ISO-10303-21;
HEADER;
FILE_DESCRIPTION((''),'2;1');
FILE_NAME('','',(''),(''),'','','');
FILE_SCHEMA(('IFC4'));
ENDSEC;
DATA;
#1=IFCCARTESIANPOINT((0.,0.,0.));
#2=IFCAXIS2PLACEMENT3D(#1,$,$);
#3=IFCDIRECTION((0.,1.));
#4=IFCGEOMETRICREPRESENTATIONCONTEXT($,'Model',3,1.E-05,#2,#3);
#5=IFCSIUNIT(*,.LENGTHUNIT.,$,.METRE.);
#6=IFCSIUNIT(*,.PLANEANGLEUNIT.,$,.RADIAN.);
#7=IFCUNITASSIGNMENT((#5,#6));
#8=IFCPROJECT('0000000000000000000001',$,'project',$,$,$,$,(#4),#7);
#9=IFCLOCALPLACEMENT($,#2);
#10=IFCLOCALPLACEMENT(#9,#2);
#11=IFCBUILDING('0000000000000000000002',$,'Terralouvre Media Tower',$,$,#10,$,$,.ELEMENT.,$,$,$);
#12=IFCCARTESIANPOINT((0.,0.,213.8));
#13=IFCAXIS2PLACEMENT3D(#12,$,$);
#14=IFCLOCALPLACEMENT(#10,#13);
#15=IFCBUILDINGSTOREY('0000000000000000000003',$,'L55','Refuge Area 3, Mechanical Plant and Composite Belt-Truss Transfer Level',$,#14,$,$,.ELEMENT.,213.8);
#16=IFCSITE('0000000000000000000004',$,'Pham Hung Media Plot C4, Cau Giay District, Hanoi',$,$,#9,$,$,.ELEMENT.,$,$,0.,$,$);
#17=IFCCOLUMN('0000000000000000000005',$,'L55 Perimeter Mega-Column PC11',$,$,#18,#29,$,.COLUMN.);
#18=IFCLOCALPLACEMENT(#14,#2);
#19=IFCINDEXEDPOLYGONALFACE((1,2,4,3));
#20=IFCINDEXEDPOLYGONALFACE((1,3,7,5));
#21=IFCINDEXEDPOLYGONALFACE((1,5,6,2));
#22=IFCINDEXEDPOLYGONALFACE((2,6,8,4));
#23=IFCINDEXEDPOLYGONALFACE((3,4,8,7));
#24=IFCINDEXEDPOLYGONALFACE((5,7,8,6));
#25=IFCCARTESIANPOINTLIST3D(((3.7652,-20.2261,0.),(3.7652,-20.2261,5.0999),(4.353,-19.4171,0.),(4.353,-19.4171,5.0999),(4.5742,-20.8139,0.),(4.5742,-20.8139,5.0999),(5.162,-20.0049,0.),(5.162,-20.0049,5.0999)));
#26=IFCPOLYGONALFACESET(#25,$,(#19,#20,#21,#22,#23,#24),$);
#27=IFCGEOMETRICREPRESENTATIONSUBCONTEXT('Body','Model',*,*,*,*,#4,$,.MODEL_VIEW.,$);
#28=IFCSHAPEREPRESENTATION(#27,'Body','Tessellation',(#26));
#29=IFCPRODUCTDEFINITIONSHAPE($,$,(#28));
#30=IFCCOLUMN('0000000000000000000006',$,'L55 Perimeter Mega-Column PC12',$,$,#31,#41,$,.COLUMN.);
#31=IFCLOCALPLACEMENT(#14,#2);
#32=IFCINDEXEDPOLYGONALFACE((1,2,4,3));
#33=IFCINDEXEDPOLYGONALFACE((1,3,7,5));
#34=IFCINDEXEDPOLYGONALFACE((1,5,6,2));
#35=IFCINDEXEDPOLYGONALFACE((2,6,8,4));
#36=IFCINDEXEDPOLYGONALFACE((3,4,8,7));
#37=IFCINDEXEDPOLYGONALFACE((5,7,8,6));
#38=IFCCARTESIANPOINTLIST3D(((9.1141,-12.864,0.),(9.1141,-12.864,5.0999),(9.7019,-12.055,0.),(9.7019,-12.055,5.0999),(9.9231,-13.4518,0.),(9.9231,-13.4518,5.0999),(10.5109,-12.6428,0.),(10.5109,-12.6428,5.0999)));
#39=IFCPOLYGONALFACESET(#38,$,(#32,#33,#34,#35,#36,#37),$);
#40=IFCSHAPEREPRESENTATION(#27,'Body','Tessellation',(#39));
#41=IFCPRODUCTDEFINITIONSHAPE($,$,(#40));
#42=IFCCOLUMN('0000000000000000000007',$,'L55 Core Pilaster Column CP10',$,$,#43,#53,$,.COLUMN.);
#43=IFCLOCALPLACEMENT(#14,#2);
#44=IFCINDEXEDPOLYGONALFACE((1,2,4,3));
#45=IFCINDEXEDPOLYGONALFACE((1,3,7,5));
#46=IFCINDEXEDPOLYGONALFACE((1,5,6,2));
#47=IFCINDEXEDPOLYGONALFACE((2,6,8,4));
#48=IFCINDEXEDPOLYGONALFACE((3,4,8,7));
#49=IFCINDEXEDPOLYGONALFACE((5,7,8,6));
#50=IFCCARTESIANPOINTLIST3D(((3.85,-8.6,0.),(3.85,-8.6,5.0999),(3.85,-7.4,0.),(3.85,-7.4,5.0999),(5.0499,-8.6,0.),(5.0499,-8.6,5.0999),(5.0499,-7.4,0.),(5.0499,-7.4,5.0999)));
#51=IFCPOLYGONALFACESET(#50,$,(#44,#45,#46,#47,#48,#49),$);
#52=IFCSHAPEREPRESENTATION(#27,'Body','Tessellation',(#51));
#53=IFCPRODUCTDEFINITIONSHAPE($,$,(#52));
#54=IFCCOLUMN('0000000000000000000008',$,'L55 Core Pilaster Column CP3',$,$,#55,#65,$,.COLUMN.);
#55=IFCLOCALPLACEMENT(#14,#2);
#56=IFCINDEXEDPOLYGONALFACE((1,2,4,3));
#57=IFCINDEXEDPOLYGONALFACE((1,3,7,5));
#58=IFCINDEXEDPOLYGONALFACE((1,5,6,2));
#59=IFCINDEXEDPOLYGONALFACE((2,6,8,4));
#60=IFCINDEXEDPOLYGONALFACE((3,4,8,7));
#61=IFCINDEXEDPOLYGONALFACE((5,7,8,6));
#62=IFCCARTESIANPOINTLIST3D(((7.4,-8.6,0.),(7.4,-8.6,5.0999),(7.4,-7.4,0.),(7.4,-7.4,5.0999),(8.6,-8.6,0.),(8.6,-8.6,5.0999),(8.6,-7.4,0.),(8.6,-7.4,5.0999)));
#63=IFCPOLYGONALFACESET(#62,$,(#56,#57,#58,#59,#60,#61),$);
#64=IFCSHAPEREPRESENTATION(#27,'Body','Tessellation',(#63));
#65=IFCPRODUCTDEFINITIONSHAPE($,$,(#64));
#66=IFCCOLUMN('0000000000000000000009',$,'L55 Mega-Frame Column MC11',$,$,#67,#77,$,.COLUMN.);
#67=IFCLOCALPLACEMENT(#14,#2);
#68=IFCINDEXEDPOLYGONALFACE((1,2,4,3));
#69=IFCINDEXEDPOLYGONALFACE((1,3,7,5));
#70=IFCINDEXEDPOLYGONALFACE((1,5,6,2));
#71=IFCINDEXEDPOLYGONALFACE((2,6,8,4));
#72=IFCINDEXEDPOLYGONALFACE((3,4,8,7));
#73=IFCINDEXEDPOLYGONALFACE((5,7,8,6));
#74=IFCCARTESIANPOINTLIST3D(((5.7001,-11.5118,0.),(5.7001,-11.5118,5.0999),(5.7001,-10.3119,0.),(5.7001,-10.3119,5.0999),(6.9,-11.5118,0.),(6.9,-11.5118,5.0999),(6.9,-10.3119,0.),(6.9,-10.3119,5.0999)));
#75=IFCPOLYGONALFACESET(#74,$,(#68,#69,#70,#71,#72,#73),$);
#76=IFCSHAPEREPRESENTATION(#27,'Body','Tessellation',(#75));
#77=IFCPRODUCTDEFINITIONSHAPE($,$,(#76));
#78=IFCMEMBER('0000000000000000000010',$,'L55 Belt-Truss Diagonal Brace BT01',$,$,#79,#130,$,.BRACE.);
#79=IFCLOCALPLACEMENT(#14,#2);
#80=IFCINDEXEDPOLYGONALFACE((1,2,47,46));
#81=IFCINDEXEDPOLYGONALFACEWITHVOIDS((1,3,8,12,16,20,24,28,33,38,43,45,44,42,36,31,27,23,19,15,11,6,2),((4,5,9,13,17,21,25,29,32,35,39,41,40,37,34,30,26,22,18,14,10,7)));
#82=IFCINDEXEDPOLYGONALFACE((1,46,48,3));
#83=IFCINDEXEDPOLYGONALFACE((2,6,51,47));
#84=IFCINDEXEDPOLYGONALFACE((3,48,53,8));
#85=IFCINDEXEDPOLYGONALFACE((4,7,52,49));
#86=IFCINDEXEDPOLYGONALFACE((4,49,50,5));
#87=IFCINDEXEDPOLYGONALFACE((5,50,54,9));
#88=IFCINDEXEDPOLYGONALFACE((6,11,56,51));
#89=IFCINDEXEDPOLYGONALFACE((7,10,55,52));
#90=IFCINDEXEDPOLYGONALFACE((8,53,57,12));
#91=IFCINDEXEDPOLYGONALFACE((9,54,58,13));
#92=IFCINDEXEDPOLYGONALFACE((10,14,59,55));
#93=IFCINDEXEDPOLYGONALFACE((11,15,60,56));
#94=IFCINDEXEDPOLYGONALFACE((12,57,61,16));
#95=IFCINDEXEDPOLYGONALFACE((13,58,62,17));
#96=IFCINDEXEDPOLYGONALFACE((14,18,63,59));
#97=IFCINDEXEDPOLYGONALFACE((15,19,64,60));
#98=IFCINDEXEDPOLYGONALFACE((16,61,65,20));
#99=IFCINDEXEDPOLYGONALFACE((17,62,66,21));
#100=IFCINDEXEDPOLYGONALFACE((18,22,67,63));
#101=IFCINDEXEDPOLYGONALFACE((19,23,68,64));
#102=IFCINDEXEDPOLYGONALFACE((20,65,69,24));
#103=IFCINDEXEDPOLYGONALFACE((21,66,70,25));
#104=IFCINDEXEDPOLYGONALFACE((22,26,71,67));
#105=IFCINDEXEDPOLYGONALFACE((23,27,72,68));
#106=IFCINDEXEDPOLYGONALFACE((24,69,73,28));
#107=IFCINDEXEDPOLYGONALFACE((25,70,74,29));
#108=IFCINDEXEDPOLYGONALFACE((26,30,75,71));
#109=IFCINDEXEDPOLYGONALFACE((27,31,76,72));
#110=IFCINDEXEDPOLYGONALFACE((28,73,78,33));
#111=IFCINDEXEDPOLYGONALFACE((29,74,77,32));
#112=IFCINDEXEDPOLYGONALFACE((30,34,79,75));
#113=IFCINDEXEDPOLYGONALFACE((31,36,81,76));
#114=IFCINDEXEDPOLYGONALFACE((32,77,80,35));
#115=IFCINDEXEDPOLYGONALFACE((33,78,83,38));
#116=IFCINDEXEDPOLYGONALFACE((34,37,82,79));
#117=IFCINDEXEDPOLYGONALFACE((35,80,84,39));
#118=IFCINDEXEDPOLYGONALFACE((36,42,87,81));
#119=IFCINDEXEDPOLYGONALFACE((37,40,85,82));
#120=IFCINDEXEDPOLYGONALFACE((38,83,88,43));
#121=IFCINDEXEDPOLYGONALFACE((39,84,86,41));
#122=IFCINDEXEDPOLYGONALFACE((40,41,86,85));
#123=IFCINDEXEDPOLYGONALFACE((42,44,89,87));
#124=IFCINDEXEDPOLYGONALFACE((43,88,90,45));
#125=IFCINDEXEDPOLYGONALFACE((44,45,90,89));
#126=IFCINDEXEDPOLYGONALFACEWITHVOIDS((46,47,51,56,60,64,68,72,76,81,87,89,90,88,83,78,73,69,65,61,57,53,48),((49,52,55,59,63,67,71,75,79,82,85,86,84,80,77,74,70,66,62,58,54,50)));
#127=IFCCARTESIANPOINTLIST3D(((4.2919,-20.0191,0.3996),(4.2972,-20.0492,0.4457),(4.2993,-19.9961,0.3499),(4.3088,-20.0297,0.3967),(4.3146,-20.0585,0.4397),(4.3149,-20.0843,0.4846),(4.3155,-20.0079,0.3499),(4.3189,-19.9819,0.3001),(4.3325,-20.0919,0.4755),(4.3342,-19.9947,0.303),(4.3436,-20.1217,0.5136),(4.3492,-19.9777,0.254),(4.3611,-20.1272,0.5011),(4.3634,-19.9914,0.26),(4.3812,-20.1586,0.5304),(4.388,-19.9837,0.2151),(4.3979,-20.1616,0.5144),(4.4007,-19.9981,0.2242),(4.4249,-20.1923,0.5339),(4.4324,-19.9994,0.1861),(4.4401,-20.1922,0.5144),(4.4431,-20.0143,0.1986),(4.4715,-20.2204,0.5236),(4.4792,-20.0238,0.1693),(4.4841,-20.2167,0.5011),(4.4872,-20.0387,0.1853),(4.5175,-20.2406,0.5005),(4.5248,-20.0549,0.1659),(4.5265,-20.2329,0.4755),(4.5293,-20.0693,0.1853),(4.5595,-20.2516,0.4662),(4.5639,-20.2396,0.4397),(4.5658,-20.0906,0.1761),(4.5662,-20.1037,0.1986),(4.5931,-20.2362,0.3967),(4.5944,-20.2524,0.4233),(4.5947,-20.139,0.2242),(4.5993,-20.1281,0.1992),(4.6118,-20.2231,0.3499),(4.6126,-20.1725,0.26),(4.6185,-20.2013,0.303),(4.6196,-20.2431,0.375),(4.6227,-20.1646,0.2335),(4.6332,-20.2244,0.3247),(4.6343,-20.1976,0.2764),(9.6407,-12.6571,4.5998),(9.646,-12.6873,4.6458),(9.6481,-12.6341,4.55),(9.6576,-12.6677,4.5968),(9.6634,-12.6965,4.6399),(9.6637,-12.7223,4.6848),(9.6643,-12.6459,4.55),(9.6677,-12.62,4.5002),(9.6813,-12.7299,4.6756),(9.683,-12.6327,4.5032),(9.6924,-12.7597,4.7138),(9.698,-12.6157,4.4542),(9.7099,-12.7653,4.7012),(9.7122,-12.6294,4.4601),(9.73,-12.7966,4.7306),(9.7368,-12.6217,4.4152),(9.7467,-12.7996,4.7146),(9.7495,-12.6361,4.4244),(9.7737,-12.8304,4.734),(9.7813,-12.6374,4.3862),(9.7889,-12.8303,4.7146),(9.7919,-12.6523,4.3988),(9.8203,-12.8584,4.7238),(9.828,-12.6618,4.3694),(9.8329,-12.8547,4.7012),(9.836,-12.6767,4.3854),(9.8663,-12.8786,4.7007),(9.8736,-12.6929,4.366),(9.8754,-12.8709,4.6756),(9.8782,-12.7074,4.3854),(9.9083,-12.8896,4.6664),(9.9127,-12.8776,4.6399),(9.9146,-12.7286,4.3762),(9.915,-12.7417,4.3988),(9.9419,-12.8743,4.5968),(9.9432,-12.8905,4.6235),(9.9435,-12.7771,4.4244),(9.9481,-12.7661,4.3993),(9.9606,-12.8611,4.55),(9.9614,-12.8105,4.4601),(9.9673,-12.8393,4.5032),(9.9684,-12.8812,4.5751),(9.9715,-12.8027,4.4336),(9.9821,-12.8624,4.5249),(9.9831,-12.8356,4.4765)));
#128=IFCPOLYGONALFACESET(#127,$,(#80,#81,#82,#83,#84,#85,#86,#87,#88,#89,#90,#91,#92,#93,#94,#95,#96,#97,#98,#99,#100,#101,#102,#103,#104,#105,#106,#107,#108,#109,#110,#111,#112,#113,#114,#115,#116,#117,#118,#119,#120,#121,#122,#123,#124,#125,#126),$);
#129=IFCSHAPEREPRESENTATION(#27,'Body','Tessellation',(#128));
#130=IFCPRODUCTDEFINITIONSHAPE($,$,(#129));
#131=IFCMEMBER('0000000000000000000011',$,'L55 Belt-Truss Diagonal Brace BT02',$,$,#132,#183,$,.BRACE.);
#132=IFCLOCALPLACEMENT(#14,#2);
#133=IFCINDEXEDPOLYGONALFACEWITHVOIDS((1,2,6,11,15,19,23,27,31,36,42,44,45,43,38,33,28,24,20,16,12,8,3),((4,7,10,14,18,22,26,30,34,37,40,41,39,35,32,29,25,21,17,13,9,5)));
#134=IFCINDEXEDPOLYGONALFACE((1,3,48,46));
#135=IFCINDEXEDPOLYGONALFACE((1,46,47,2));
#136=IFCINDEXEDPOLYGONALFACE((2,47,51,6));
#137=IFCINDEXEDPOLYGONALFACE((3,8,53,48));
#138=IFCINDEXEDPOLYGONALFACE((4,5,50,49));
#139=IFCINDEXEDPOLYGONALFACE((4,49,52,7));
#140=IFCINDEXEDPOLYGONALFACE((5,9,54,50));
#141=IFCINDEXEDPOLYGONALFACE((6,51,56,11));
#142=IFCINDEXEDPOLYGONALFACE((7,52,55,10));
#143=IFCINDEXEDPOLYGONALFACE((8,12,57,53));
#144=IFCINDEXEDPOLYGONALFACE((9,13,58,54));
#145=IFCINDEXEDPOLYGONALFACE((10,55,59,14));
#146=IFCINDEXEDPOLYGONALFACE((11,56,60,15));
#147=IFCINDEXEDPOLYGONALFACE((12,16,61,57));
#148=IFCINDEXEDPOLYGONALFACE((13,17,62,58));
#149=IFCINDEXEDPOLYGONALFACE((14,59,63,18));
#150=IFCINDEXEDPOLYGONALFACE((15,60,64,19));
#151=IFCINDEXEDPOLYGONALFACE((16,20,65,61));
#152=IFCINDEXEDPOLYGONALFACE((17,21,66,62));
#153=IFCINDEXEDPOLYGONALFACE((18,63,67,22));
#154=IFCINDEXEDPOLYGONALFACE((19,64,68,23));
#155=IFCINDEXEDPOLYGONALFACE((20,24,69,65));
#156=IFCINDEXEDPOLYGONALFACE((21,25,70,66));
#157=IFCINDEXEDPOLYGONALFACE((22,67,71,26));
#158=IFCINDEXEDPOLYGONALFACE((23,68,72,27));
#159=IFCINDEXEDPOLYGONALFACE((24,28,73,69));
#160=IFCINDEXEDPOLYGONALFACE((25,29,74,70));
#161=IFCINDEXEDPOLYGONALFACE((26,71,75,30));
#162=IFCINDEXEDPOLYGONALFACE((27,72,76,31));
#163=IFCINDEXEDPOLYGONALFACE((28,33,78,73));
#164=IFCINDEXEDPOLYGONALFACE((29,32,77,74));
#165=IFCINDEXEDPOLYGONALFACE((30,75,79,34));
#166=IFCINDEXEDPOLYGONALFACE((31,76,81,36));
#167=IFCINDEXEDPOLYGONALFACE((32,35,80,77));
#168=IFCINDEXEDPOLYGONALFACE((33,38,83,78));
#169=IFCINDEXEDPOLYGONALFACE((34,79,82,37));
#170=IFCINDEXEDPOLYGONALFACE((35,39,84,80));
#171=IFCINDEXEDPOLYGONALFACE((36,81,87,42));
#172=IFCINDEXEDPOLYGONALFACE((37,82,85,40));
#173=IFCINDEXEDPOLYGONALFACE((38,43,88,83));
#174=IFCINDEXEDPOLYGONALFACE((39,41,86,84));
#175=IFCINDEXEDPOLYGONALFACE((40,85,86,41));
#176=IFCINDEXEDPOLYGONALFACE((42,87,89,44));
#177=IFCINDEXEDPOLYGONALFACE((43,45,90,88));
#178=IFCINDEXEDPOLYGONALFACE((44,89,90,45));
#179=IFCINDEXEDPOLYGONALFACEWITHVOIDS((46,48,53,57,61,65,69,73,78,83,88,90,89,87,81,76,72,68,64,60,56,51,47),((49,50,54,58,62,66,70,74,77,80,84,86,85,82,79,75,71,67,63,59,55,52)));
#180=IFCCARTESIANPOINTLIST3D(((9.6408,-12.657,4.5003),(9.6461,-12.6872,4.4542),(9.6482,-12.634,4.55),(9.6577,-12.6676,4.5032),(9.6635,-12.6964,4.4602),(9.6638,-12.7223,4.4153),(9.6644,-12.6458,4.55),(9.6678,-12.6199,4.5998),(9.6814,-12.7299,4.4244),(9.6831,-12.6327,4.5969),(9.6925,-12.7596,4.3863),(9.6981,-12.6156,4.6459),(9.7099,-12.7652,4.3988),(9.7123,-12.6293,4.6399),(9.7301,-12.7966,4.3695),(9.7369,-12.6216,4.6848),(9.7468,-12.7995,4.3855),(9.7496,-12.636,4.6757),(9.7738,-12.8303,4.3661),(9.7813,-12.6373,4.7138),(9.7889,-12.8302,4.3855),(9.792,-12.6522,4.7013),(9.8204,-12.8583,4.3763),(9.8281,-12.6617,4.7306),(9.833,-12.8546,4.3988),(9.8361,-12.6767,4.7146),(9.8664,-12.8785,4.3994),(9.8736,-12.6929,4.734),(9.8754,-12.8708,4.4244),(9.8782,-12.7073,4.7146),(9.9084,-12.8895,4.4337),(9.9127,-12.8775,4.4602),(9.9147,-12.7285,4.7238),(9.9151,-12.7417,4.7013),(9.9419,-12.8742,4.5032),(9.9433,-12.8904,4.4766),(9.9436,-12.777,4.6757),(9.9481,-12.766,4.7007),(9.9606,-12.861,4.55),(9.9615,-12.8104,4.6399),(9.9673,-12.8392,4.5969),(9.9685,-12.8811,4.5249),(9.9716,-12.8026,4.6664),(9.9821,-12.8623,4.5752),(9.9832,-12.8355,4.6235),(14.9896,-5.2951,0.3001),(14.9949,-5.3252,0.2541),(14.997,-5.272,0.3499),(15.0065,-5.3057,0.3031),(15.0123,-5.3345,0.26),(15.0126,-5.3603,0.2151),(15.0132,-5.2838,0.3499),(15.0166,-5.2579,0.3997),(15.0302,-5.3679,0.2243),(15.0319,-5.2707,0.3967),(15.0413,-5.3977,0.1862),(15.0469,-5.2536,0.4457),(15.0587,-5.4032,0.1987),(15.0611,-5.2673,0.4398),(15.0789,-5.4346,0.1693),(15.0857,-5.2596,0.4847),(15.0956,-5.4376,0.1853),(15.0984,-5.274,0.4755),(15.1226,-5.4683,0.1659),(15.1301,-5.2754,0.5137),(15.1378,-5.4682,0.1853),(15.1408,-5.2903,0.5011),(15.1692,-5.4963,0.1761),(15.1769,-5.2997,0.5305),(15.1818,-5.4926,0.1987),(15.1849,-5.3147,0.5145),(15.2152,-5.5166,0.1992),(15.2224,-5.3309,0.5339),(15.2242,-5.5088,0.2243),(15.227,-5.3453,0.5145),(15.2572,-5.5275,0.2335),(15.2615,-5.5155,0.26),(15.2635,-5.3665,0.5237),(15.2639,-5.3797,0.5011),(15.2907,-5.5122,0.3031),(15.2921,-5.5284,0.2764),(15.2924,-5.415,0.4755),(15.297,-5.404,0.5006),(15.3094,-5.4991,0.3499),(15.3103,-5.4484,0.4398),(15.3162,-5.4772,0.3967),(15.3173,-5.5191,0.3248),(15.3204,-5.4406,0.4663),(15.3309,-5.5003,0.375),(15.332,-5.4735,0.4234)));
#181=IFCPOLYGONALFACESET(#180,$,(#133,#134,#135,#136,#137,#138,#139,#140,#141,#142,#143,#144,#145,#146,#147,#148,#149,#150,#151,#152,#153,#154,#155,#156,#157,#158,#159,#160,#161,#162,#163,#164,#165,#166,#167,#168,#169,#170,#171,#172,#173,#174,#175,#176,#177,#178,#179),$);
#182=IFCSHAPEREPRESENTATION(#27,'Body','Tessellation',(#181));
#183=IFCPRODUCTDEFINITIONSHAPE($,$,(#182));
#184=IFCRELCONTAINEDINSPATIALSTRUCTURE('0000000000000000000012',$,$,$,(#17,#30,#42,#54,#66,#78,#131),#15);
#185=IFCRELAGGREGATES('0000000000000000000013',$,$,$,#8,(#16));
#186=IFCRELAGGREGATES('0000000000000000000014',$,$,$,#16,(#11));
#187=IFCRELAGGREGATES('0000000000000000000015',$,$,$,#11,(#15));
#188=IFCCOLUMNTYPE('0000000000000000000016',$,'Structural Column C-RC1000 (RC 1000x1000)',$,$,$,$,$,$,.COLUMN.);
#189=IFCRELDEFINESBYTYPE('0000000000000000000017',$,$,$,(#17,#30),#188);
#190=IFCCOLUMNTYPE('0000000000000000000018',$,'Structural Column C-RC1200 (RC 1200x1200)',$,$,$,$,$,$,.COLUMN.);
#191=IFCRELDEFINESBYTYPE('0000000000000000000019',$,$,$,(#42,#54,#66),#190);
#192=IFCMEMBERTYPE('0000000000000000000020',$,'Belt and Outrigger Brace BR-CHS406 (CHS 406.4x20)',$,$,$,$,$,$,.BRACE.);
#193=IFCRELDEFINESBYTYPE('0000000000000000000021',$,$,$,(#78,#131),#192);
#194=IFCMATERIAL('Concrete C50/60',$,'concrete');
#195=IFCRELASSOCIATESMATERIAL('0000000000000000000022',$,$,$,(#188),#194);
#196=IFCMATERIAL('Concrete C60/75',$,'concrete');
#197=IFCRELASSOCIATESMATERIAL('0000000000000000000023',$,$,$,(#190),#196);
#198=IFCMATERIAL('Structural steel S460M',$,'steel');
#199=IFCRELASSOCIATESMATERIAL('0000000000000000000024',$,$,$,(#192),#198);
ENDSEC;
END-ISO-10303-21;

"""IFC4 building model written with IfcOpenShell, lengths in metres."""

from ifc_helpers import new_model, si_unit, direction, frame, origin, origin_2d, place, context, subcontext, project, spatial, rectangle, hollow_circle, extrude, material, material_profile, profile_set, type_object, element, save


model = new_model("IFC4")

# Units and contexts
model_context = context("Model", 3, precision=1e-05, world=origin(), true_north=direction((0.0, 1.0)))
body_context = subcontext(model_context, "Body", "Model", "MODEL_VIEW")
ifc_project = project(units=[si_unit("LENGTHUNIT", "METRE"), si_unit("PLANEANGLEUNIT", "RADIAN")], contexts=[model_context])

# Site, building, storey
site_placement = place(None, origin())
site = spatial("IfcSite", under=ifc_project, at=site_placement, Name="Pham Hung Media Plot C4, Cau Giay District, Hanoi", CompositionType="ELEMENT", RefElevation=0.0)
building_placement = place(site_placement, origin())
building = spatial("IfcBuilding", under=site, at=building_placement, Name="Terralouvre Media Tower", CompositionType="ELEMENT")
storey_placement = place(building_placement, frame((0.0, 0.0, 213.8)))
storey = spatial("IfcBuildingStorey", under=building, at=storey_placement, Name="L55", Description="Refuge Area 3, Mechanical Plant and Composite Belt-Truss Transfer Level", CompositionType="ELEMENT", Elevation=213.8)

# Columns
ifc_material_1 = material(Name="Concrete C50/60", Category="concrete")
ifc_material_profile_1 = material_profile(ifc_material_1, rectangle(XDim=1.0, YDim=1.0, at=origin_2d()), Name="RC 1000x1000")
ifc_profile_set_1 = profile_set([ifc_material_profile_1], Name="Concrete C50/60")
column_type_1 = type_object("IfcColumnType", Name="Structural Column C-RC1000 (RC 1000x1000)", PredefinedType="COLUMN", material=ifc_profile_set_1)
for number, where, z_axis, x_axis, name in (
    (1, (4.4636, -20.1155, 0.0), (0.0, 0.0, 1.0), (0.587785, 0.809017, 0.0), "L55 Perimeter Mega-Column PC11"),
    (2, (9.8125, -12.7534, 0.0), (0.0, 0.0, 1.0), (0.587785, 0.809017, 0.0), "L55 Perimeter Mega-Column PC12"),
):
    element("IfcColumn", number, at=place(storey_placement, frame(where, z_axis=z_axis, x_axis=x_axis)), inside=storey, type_object=column_type_1, Name=name, PredefinedType="COLUMN", context=body_context, shape_type="SweptSolid", body=[
        extrude(rectangle(XDim=1.0, YDim=1.0, at=origin_2d()), origin(), (0.0, 0.0, 1.0), 5.0999),
    ])
ifc_material_2 = material(Name="Concrete C60/75", Category="concrete")
ifc_material_profile_2 = material_profile(ifc_material_2, rectangle(XDim=1.2, YDim=1.2, at=origin_2d()), Name="RC 1200x1200")
ifc_profile_set_2 = profile_set([ifc_material_profile_2], Name="Concrete C60/75")
column_type_2 = type_object("IfcColumnType", Name="Structural Column C-RC1200 (RC 1200x1200)", PredefinedType="COLUMN", material=ifc_profile_set_2)
for number, where, z_axis, x_axis, name in (
    (3, (4.45, -8.0, 0.0), (0.0, 0.0, 1.0), (1.0, 0.0, 0.0), "L55 Core Pilaster Column CP10"),
    (4, (8.0, -8.0, 0.0), (0.0, 0.0, 1.0), (1.0, 0.0, 0.0), "L55 Core Pilaster Column CP3"),
    (5, (6.3, -10.9119, 0.0), (0.0, 0.0, 1.0), (1.0, 0.0, 0.0), "L55 Mega-Frame Column MC11"),
):
    element("IfcColumn", number, at=place(storey_placement, frame(where, z_axis=z_axis, x_axis=x_axis)), inside=storey, type_object=column_type_2, Name=name, PredefinedType="COLUMN", context=body_context, shape_type="SweptSolid", body=[
        extrude(rectangle(XDim=1.2, YDim=1.2, at=origin_2d()), origin(), (0.0, 0.0, 1.0), 5.0999),
    ])

# Members
ifc_material_3 = material(Name="Structural steel S460M", Category="steel")
ifc_material_profile_3 = material_profile(ifc_material_3, hollow_circle(Radius=0.2031, WallThickness=0.02, at=origin_2d()), Name="CHS 406.4x20")
ifc_profile_set_3 = profile_set([ifc_material_profile_3], Name="Structural steel S460M")
member_type_1 = type_object("IfcMemberType", Name="Belt and Outrigger Brace BR-CHS406 (CHS 406.4x20)", PredefinedType="BRACE", material=ifc_profile_set_3)
for number, where, z_axis, x_axis, name in (
    (6, (4.4636, -20.1155, 0.3499), (0.533683, 0.734548, 0.419073), (-0.809016, 0.587787, 0.0), "L55 Belt-Truss Diagonal Brace BT01"),
    (7, (9.8125, -12.7534, 4.55), (0.533683, 0.734548, -0.419073), (-0.809016, 0.587787, 0.0), "L55 Belt-Truss Diagonal Brace BT02"),
):
    element("IfcMember", number, at=place(storey_placement, frame(where, z_axis=z_axis, x_axis=x_axis)), inside=storey, type_object=member_type_1, Name=name, PredefinedType="BRACE", context=body_context, shape_type="SweptSolid", body=[
        extrude(hollow_circle(Radius=0.2031, WallThickness=0.02, at=origin_2d()), origin(), (0.0, 0.0, 1.0), 10.0225),
    ])

save(model, "model.ifc")
